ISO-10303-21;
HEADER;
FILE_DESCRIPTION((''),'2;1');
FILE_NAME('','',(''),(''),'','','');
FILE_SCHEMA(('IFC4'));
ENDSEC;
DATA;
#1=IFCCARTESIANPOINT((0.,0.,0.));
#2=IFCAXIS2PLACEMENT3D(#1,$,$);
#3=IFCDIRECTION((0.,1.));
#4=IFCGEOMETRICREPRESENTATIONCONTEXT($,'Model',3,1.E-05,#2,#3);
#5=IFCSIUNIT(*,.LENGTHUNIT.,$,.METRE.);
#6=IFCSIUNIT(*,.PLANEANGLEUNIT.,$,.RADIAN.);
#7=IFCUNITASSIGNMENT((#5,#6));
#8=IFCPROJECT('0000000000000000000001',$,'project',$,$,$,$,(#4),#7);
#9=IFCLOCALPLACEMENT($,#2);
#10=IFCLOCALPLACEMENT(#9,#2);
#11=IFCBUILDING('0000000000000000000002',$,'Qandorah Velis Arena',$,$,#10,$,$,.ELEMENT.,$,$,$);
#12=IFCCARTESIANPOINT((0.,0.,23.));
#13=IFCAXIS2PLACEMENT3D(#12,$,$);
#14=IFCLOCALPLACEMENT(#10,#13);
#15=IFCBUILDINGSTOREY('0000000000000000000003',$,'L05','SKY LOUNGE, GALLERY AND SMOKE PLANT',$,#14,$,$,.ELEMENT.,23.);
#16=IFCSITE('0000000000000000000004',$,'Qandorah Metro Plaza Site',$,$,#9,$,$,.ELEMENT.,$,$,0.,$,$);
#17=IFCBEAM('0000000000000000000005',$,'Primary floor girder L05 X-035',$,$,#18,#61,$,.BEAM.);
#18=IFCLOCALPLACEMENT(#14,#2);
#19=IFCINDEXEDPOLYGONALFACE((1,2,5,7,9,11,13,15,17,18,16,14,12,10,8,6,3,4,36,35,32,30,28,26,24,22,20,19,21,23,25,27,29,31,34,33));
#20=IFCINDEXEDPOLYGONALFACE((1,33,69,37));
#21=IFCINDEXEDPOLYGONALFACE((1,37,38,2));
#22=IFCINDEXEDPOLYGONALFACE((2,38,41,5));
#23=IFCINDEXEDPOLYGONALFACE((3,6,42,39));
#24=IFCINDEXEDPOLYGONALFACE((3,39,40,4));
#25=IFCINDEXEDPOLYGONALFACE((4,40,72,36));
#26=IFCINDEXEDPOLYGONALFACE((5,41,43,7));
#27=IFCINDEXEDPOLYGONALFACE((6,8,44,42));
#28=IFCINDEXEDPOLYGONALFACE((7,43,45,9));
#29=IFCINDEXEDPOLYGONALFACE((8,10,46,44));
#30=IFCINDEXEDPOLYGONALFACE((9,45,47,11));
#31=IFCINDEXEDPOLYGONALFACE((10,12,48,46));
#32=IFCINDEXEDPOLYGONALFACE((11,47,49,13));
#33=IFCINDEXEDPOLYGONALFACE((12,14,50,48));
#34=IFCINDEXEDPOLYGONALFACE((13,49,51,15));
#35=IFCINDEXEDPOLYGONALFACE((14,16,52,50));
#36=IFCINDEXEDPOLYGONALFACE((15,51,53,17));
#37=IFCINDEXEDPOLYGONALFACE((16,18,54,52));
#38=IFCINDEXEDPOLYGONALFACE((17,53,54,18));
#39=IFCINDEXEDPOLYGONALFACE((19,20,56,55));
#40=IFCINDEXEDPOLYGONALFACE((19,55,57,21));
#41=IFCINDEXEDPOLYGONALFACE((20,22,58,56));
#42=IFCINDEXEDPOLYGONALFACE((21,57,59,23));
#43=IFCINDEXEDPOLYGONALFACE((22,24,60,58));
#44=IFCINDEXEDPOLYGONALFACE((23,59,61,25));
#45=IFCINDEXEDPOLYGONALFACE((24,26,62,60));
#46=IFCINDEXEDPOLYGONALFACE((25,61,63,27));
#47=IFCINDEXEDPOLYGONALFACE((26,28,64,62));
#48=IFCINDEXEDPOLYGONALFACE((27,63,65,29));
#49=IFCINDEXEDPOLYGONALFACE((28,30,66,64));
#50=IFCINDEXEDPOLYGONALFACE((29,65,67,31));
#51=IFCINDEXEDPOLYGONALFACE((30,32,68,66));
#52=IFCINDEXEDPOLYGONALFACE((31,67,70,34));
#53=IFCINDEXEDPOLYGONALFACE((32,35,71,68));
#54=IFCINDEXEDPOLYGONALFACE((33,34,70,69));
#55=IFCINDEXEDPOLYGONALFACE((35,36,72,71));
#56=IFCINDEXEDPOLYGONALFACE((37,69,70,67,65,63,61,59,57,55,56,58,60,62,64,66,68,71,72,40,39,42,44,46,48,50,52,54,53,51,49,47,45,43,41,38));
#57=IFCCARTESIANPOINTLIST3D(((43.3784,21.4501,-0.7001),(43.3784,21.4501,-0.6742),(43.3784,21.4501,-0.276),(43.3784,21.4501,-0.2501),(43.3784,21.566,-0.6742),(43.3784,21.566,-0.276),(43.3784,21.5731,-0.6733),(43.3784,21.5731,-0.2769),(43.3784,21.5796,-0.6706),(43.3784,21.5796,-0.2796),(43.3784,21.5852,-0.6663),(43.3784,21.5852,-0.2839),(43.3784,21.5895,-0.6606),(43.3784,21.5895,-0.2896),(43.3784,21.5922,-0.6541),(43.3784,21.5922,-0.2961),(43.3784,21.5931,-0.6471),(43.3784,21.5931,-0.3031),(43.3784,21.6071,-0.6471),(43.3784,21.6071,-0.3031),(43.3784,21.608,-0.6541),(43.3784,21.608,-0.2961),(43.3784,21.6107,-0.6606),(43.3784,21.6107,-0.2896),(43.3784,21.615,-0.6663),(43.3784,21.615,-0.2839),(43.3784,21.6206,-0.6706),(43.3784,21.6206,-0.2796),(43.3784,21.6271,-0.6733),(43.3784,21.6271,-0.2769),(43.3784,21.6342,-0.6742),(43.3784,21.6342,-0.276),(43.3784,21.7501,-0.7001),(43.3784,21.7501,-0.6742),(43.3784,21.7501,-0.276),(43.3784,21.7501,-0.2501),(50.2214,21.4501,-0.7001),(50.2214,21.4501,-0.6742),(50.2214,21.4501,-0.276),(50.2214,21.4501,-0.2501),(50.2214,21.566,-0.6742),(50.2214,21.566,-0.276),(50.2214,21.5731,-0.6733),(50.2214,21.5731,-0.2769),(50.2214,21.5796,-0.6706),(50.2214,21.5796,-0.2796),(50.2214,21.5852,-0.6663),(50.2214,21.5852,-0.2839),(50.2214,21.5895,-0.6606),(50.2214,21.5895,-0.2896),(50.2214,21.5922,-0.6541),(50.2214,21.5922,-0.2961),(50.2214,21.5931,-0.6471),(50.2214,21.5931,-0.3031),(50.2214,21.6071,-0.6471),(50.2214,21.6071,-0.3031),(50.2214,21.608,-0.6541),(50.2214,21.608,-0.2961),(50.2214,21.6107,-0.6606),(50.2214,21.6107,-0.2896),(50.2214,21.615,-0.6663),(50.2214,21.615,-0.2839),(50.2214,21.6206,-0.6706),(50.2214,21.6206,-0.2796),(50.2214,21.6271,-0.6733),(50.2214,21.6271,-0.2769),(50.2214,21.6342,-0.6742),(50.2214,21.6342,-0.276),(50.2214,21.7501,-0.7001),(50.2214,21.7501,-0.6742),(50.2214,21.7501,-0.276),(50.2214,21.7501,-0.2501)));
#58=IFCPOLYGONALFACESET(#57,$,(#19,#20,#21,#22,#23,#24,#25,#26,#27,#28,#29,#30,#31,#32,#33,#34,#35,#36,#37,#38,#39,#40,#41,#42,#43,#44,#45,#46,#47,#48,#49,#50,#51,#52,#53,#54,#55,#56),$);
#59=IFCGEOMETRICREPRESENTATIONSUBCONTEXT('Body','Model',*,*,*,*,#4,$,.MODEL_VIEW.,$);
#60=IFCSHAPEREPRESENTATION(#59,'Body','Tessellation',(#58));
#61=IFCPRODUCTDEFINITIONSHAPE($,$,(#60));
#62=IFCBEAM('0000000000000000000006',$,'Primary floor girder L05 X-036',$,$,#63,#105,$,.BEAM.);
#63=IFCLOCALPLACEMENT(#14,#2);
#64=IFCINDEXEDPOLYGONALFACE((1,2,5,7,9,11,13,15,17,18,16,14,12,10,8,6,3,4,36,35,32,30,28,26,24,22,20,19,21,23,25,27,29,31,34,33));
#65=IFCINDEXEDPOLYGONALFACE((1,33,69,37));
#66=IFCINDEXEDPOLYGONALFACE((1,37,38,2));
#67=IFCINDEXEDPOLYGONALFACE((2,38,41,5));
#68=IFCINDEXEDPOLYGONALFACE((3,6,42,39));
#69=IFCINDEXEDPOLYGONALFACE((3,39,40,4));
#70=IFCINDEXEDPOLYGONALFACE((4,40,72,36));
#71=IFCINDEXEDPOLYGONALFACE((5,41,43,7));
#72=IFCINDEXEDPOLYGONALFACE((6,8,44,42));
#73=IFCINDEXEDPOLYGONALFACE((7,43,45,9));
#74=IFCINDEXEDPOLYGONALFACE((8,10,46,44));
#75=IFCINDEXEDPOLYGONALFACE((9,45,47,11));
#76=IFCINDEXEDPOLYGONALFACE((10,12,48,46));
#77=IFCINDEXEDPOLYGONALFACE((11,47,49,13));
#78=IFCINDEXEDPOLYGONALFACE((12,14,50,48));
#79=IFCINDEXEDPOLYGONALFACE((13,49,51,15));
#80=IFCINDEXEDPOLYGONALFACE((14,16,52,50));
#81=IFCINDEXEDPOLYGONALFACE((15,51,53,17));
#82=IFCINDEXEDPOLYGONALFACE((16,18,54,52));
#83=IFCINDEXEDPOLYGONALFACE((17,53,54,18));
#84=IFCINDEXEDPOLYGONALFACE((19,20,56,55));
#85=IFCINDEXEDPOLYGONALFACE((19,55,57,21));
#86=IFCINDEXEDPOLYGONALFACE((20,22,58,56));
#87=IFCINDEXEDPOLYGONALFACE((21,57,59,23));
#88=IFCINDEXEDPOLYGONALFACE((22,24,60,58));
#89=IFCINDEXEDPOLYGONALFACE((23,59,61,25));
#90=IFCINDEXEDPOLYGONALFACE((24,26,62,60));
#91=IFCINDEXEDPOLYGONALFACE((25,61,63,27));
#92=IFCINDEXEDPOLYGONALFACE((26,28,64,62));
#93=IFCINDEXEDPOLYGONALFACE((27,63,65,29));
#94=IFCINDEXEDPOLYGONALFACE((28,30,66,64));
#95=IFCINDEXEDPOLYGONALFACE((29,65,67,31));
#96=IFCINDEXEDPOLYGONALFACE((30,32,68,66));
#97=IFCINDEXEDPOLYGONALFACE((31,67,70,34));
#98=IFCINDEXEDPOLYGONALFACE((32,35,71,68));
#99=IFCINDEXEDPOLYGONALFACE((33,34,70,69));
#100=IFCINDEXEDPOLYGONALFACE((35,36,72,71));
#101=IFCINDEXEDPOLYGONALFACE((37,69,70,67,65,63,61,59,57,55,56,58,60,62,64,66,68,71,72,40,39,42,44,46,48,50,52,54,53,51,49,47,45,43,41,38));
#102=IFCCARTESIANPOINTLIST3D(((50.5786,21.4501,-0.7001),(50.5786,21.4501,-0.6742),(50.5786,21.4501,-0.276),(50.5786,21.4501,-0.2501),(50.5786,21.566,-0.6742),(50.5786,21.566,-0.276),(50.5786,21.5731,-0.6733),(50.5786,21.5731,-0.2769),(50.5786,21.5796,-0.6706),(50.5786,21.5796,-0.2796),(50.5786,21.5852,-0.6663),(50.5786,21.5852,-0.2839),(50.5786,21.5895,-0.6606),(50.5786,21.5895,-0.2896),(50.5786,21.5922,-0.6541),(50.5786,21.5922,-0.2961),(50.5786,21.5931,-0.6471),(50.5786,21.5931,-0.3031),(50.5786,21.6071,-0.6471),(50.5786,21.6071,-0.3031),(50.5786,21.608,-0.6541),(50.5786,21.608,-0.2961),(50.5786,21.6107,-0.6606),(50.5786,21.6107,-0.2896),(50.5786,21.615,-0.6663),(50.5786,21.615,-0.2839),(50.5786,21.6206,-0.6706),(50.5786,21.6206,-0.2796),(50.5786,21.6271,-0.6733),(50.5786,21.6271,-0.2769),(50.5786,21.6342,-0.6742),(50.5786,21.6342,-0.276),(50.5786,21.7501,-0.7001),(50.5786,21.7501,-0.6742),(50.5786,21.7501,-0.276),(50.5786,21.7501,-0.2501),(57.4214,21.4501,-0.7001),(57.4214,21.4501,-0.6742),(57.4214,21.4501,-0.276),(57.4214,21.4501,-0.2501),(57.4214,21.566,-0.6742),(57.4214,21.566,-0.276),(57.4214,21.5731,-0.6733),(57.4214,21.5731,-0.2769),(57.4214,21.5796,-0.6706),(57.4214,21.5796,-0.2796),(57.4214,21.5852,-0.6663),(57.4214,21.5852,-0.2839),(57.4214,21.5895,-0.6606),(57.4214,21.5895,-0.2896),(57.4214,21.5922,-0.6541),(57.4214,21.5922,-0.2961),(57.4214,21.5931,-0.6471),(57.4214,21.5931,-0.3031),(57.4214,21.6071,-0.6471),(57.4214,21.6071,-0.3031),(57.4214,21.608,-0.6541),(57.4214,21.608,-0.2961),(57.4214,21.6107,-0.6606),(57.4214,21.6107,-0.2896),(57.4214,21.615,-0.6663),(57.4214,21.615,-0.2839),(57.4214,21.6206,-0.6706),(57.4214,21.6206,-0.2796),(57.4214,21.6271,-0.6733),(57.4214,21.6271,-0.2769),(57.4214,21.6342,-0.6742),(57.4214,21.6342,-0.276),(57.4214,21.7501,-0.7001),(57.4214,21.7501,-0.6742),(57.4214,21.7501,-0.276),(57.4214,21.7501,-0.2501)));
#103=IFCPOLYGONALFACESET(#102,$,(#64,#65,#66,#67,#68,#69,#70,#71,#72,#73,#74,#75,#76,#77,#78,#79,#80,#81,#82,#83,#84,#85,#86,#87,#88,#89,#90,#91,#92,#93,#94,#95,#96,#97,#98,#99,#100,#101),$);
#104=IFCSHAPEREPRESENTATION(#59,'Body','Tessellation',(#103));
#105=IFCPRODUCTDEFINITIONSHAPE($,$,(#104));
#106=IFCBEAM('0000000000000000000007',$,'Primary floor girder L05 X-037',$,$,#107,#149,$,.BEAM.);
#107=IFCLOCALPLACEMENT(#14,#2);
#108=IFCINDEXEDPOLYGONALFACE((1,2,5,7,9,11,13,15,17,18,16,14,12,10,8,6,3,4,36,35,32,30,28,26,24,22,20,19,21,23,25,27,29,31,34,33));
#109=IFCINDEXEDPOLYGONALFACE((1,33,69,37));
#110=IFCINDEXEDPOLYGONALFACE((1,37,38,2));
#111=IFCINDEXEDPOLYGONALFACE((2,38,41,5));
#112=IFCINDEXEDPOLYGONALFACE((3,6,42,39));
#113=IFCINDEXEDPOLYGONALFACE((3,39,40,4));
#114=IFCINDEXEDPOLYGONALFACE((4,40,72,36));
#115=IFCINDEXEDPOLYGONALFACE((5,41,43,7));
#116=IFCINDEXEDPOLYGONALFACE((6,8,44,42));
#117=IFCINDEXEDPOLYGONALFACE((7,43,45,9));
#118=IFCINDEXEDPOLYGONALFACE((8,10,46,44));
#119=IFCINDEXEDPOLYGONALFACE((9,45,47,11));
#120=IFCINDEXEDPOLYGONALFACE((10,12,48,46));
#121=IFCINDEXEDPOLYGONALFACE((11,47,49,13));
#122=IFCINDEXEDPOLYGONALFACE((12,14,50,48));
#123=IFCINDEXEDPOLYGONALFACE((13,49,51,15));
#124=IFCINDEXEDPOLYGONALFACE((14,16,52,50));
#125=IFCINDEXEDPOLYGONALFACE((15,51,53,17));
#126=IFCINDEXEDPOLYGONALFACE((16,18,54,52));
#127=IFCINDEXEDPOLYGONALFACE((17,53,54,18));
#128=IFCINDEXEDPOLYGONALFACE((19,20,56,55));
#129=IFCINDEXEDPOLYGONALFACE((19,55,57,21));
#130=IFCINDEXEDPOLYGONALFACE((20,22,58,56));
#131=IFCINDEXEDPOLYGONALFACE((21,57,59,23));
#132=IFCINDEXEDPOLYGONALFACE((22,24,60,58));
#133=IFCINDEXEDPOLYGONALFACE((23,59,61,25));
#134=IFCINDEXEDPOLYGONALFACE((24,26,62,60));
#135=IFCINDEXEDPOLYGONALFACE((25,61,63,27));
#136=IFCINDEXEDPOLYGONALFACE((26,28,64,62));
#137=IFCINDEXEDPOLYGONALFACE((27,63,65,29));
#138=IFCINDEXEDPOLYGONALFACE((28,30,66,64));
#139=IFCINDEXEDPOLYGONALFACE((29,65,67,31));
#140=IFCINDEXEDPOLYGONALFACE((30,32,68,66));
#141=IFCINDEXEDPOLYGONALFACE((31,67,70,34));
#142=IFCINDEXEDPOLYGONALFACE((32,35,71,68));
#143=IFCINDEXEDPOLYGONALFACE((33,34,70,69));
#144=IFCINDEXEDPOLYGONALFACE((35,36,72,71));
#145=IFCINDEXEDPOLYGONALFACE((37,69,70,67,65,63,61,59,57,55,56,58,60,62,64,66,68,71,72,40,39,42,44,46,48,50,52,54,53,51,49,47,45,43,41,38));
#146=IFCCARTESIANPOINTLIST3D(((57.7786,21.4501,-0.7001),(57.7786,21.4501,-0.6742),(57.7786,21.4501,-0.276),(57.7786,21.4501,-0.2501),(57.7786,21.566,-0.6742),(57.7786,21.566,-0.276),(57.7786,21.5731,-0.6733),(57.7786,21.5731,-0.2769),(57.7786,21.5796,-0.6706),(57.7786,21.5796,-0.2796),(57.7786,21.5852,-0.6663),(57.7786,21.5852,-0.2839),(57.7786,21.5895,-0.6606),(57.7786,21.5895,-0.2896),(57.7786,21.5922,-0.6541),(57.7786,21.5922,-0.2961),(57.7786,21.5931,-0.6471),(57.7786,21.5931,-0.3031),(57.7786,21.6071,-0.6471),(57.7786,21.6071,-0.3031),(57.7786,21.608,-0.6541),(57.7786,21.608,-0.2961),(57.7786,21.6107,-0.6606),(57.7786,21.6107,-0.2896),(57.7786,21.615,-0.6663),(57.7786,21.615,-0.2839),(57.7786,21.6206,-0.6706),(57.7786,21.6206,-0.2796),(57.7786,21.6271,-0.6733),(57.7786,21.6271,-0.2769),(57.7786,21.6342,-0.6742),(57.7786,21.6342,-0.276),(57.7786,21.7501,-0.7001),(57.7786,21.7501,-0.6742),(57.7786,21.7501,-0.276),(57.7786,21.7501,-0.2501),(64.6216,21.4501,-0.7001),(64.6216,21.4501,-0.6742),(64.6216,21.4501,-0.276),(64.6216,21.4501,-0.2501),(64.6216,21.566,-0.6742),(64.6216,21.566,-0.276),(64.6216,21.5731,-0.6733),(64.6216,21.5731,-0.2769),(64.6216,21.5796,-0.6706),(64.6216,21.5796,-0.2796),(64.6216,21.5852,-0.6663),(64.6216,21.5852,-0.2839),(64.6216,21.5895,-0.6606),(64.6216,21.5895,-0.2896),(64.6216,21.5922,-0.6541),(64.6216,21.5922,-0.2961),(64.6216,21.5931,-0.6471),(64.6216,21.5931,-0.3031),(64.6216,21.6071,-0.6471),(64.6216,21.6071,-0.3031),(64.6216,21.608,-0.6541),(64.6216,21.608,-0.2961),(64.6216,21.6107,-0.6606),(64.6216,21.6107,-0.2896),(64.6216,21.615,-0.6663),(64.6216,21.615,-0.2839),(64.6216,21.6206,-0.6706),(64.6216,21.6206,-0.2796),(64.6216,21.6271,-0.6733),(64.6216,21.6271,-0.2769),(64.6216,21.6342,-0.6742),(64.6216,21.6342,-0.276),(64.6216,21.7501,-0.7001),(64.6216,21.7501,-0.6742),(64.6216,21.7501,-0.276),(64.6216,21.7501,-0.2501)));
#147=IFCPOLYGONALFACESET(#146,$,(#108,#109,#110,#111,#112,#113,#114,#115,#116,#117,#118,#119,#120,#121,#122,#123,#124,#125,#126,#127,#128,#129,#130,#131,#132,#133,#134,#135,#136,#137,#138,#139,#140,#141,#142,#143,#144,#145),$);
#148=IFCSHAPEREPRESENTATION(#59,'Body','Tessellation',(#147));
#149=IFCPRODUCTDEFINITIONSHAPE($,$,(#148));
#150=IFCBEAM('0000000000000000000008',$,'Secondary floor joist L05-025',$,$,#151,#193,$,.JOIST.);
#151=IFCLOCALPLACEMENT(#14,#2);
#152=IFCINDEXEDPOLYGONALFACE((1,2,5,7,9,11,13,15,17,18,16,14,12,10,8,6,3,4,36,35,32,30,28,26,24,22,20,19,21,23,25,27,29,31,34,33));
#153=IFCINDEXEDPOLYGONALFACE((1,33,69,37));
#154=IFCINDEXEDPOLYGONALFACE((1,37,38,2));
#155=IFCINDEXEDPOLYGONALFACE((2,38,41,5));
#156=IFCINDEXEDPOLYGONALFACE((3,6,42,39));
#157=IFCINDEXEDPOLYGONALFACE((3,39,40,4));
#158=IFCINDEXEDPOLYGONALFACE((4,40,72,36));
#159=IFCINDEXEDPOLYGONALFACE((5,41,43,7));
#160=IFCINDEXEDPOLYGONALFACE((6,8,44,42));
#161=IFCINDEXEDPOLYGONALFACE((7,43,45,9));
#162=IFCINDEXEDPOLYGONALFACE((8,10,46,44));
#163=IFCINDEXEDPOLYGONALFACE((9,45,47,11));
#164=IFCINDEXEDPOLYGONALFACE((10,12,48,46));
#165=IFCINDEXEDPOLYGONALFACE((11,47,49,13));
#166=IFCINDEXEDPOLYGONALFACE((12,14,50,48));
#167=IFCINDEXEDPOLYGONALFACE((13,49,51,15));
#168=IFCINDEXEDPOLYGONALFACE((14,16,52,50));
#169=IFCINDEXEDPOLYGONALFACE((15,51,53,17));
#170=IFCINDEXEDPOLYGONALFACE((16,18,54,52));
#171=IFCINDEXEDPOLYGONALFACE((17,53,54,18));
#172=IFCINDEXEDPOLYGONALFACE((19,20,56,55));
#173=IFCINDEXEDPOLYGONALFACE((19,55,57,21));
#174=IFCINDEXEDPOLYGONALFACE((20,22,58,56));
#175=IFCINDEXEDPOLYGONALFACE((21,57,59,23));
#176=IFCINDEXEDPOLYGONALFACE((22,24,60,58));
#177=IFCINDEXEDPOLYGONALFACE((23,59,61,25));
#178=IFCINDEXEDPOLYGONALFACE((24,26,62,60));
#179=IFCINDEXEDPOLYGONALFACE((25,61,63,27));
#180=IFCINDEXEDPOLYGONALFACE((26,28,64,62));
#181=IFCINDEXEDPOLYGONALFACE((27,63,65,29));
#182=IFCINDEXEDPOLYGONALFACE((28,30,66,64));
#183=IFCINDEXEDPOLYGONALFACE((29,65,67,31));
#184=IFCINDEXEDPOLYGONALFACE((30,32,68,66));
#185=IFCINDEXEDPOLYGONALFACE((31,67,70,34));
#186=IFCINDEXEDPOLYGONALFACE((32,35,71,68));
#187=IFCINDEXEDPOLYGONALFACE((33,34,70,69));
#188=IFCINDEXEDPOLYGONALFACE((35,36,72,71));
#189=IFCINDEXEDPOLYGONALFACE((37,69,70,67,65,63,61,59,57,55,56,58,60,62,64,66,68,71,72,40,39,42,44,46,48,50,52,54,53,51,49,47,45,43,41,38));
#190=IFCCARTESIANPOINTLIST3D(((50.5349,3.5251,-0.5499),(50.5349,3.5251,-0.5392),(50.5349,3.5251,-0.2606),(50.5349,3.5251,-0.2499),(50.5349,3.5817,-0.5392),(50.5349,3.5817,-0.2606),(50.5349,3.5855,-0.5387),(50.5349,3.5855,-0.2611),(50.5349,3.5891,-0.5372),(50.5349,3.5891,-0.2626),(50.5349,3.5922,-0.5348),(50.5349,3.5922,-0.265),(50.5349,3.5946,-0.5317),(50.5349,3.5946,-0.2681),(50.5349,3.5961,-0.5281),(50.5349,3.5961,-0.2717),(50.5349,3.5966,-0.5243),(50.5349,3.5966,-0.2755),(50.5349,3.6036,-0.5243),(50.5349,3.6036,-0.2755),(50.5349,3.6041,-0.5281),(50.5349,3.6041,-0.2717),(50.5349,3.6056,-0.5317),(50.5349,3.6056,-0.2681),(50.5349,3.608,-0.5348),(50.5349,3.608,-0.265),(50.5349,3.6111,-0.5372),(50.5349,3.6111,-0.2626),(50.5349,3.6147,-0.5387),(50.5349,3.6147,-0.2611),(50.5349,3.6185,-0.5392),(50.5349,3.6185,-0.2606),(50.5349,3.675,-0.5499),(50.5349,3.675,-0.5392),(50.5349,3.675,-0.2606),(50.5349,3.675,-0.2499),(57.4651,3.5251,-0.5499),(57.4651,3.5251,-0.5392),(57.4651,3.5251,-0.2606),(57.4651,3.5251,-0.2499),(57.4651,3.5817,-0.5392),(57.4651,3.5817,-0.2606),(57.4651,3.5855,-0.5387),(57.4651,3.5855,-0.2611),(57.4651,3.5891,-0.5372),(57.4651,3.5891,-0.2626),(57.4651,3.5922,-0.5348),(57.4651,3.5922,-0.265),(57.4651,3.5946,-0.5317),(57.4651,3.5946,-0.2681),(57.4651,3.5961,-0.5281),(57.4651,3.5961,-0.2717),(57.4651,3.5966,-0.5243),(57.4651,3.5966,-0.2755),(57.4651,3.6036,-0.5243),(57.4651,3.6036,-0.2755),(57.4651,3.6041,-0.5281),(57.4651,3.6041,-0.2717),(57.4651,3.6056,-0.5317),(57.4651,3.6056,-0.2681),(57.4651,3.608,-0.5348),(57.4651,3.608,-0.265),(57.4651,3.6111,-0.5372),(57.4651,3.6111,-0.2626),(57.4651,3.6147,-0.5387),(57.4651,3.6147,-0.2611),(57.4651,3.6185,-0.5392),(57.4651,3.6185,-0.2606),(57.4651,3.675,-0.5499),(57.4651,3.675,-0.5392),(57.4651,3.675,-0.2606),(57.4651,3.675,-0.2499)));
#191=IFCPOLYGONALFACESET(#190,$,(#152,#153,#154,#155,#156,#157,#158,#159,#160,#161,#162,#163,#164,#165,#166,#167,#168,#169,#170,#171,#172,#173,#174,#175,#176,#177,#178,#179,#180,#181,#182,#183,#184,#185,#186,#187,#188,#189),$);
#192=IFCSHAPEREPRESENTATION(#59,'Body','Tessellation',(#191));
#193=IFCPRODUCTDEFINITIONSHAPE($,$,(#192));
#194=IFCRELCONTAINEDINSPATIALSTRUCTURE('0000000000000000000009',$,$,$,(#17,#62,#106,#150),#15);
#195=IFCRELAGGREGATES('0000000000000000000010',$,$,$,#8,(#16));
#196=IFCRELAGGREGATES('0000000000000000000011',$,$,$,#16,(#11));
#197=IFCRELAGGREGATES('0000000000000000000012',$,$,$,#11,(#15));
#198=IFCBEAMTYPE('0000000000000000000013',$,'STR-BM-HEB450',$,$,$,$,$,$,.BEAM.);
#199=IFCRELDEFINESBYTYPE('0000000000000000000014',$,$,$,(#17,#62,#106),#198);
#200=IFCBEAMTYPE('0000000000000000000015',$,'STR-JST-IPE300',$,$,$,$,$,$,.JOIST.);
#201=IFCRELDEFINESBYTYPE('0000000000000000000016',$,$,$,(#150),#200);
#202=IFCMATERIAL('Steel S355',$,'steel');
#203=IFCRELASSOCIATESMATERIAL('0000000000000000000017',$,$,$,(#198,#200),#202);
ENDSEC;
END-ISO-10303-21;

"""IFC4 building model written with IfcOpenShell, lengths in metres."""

from ifc_helpers import new_model, si_unit, direction, frame, origin, origin_2d, place, context, subcontext, project, spatial, i_section, extrude, material, material_profile, profile_set, type_object, element, save


model = new_model("IFC4")

# Units and contexts
model_context = context("Model", 3, precision=1e-05, world=origin(), true_north=direction((0.0, 1.0)))
body_context = subcontext(model_context, "Body", "Model", "MODEL_VIEW")
ifc_project = project(units=[si_unit("LENGTHUNIT", "METRE"), si_unit("PLANEANGLEUNIT", "RADIAN")], contexts=[model_context])

# Site, building, storey
site_placement = place(None, origin())
site = spatial("IfcSite", under=ifc_project, at=site_placement, Name="Qandorah Metro Plaza Site", CompositionType="ELEMENT", RefElevation=0.0)
building_placement = place(site_placement, origin())
building = spatial("IfcBuilding", under=site, at=building_placement, Name="Qandorah Velis Arena", CompositionType="ELEMENT")
storey_placement = place(building_placement, frame((0.0, 0.0, 23.0)))
storey = spatial("IfcBuildingStorey", under=building, at=storey_placement, Name="L05", Description="SKY LOUNGE, GALLERY AND SMOKE PLANT", CompositionType="ELEMENT", Elevation=23.0)

# Beams
ifc_material_1 = material(Name="Steel S355", Category="steel")
ifc_material_profile_1 = material_profile(ifc_material_1, i_section(OverallWidth=0.3, OverallDepth=0.45, WebThickness=0.0139, FlangeThickness=0.0259, FilletRadius=0.0271, at=origin_2d()), Name="HEB 450")
ifc_profile_set_1 = profile_set([ifc_material_profile_1], Name="Steel S355")
beam_type_1 = type_object("IfcBeamType", Name="STR-BM-HEB450", PredefinedType="BEAM", material=ifc_profile_set_1)
beam_1_placement = place(storey_placement, frame((43.3784, 21.6001, -0.4751), z_axis=(1.0, 0.0, 0.0), x_axis=(0.0, 1.0, 0.0)))
element("IfcBeam", 1, at=beam_1_placement, inside=storey, type_object=beam_type_1, Name="Primary floor girder L05 X-035", PredefinedType="BEAM", context=body_context, shape_type="SweptSolid", body=[
    extrude(i_section(OverallWidth=0.3, OverallDepth=0.45, WebThickness=0.0139, FlangeThickness=0.0259, FilletRadius=0.0271, at=origin_2d()), origin(), (0.0, 0.0, 1.0), 6.843),
])
beam_2_placement = place(storey_placement, frame((50.5786, 21.6001, -0.4751), z_axis=(1.0, 0.0, 0.0), x_axis=(0.0, 1.0, 0.0)))
element("IfcBeam", 2, at=beam_2_placement, inside=storey, type_object=beam_type_1, Name="Primary floor girder L05 X-036", PredefinedType="BEAM", context=body_context, shape_type="SweptSolid", body=[
    extrude(i_section(OverallWidth=0.3, OverallDepth=0.45, WebThickness=0.0139, FlangeThickness=0.0259, FilletRadius=0.0271, at=origin_2d()), origin(), (0.0, 0.0, 1.0), 6.8428),
])
beam_3_placement = place(storey_placement, frame((57.7786, 21.6001, -0.4751), z_axis=(1.0, 0.0, 0.0), x_axis=(0.0, 1.0, 0.0)))
element("IfcBeam", 3, at=beam_3_placement, inside=storey, type_object=beam_type_1, Name="Primary floor girder L05 X-037", PredefinedType="BEAM", context=body_context, shape_type="SweptSolid", body=[
    extrude(i_section(OverallWidth=0.3, OverallDepth=0.45, WebThickness=0.0139, FlangeThickness=0.0259, FilletRadius=0.0271, at=origin_2d()), origin(), (0.0, 0.0, 1.0), 6.843),
])
ifc_material_profile_2 = material_profile(ifc_material_1, i_section(OverallWidth=0.1499, OverallDepth=0.3, WebThickness=0.0071, FlangeThickness=0.0107, FilletRadius=0.0149, at=origin_2d()), Name="IPE 300")
ifc_profile_set_2 = profile_set([ifc_material_profile_2], Name="Steel S355")
beam_type_2 = type_object("IfcBeamType", Name="STR-JST-IPE300", PredefinedType="JOIST", material=ifc_profile_set_2)
for number, where, z_axis, x_axis, name in (
    (4, (50.5349, 3.6001, -0.3999), (1.0, 0.0, 0.0), (0.0, 1.0, 0.0), "Secondary floor joist L05-025"),
):
    element("IfcBeam", number, at=place(storey_placement, frame(where, z_axis=z_axis, x_axis=x_axis)), inside=storey, type_object=beam_type_2, Name=name, PredefinedType="JOIST", context=body_context, shape_type="SweptSolid", body=[
        extrude(i_section(OverallWidth=0.1499, OverallDepth=0.3, WebThickness=0.0071, FlangeThickness=0.0107, FilletRadius=0.0149, at=origin_2d()), origin(), (0.0, 0.0, 1.0), 6.9302),
    ])

save(model, "model.ifc")
